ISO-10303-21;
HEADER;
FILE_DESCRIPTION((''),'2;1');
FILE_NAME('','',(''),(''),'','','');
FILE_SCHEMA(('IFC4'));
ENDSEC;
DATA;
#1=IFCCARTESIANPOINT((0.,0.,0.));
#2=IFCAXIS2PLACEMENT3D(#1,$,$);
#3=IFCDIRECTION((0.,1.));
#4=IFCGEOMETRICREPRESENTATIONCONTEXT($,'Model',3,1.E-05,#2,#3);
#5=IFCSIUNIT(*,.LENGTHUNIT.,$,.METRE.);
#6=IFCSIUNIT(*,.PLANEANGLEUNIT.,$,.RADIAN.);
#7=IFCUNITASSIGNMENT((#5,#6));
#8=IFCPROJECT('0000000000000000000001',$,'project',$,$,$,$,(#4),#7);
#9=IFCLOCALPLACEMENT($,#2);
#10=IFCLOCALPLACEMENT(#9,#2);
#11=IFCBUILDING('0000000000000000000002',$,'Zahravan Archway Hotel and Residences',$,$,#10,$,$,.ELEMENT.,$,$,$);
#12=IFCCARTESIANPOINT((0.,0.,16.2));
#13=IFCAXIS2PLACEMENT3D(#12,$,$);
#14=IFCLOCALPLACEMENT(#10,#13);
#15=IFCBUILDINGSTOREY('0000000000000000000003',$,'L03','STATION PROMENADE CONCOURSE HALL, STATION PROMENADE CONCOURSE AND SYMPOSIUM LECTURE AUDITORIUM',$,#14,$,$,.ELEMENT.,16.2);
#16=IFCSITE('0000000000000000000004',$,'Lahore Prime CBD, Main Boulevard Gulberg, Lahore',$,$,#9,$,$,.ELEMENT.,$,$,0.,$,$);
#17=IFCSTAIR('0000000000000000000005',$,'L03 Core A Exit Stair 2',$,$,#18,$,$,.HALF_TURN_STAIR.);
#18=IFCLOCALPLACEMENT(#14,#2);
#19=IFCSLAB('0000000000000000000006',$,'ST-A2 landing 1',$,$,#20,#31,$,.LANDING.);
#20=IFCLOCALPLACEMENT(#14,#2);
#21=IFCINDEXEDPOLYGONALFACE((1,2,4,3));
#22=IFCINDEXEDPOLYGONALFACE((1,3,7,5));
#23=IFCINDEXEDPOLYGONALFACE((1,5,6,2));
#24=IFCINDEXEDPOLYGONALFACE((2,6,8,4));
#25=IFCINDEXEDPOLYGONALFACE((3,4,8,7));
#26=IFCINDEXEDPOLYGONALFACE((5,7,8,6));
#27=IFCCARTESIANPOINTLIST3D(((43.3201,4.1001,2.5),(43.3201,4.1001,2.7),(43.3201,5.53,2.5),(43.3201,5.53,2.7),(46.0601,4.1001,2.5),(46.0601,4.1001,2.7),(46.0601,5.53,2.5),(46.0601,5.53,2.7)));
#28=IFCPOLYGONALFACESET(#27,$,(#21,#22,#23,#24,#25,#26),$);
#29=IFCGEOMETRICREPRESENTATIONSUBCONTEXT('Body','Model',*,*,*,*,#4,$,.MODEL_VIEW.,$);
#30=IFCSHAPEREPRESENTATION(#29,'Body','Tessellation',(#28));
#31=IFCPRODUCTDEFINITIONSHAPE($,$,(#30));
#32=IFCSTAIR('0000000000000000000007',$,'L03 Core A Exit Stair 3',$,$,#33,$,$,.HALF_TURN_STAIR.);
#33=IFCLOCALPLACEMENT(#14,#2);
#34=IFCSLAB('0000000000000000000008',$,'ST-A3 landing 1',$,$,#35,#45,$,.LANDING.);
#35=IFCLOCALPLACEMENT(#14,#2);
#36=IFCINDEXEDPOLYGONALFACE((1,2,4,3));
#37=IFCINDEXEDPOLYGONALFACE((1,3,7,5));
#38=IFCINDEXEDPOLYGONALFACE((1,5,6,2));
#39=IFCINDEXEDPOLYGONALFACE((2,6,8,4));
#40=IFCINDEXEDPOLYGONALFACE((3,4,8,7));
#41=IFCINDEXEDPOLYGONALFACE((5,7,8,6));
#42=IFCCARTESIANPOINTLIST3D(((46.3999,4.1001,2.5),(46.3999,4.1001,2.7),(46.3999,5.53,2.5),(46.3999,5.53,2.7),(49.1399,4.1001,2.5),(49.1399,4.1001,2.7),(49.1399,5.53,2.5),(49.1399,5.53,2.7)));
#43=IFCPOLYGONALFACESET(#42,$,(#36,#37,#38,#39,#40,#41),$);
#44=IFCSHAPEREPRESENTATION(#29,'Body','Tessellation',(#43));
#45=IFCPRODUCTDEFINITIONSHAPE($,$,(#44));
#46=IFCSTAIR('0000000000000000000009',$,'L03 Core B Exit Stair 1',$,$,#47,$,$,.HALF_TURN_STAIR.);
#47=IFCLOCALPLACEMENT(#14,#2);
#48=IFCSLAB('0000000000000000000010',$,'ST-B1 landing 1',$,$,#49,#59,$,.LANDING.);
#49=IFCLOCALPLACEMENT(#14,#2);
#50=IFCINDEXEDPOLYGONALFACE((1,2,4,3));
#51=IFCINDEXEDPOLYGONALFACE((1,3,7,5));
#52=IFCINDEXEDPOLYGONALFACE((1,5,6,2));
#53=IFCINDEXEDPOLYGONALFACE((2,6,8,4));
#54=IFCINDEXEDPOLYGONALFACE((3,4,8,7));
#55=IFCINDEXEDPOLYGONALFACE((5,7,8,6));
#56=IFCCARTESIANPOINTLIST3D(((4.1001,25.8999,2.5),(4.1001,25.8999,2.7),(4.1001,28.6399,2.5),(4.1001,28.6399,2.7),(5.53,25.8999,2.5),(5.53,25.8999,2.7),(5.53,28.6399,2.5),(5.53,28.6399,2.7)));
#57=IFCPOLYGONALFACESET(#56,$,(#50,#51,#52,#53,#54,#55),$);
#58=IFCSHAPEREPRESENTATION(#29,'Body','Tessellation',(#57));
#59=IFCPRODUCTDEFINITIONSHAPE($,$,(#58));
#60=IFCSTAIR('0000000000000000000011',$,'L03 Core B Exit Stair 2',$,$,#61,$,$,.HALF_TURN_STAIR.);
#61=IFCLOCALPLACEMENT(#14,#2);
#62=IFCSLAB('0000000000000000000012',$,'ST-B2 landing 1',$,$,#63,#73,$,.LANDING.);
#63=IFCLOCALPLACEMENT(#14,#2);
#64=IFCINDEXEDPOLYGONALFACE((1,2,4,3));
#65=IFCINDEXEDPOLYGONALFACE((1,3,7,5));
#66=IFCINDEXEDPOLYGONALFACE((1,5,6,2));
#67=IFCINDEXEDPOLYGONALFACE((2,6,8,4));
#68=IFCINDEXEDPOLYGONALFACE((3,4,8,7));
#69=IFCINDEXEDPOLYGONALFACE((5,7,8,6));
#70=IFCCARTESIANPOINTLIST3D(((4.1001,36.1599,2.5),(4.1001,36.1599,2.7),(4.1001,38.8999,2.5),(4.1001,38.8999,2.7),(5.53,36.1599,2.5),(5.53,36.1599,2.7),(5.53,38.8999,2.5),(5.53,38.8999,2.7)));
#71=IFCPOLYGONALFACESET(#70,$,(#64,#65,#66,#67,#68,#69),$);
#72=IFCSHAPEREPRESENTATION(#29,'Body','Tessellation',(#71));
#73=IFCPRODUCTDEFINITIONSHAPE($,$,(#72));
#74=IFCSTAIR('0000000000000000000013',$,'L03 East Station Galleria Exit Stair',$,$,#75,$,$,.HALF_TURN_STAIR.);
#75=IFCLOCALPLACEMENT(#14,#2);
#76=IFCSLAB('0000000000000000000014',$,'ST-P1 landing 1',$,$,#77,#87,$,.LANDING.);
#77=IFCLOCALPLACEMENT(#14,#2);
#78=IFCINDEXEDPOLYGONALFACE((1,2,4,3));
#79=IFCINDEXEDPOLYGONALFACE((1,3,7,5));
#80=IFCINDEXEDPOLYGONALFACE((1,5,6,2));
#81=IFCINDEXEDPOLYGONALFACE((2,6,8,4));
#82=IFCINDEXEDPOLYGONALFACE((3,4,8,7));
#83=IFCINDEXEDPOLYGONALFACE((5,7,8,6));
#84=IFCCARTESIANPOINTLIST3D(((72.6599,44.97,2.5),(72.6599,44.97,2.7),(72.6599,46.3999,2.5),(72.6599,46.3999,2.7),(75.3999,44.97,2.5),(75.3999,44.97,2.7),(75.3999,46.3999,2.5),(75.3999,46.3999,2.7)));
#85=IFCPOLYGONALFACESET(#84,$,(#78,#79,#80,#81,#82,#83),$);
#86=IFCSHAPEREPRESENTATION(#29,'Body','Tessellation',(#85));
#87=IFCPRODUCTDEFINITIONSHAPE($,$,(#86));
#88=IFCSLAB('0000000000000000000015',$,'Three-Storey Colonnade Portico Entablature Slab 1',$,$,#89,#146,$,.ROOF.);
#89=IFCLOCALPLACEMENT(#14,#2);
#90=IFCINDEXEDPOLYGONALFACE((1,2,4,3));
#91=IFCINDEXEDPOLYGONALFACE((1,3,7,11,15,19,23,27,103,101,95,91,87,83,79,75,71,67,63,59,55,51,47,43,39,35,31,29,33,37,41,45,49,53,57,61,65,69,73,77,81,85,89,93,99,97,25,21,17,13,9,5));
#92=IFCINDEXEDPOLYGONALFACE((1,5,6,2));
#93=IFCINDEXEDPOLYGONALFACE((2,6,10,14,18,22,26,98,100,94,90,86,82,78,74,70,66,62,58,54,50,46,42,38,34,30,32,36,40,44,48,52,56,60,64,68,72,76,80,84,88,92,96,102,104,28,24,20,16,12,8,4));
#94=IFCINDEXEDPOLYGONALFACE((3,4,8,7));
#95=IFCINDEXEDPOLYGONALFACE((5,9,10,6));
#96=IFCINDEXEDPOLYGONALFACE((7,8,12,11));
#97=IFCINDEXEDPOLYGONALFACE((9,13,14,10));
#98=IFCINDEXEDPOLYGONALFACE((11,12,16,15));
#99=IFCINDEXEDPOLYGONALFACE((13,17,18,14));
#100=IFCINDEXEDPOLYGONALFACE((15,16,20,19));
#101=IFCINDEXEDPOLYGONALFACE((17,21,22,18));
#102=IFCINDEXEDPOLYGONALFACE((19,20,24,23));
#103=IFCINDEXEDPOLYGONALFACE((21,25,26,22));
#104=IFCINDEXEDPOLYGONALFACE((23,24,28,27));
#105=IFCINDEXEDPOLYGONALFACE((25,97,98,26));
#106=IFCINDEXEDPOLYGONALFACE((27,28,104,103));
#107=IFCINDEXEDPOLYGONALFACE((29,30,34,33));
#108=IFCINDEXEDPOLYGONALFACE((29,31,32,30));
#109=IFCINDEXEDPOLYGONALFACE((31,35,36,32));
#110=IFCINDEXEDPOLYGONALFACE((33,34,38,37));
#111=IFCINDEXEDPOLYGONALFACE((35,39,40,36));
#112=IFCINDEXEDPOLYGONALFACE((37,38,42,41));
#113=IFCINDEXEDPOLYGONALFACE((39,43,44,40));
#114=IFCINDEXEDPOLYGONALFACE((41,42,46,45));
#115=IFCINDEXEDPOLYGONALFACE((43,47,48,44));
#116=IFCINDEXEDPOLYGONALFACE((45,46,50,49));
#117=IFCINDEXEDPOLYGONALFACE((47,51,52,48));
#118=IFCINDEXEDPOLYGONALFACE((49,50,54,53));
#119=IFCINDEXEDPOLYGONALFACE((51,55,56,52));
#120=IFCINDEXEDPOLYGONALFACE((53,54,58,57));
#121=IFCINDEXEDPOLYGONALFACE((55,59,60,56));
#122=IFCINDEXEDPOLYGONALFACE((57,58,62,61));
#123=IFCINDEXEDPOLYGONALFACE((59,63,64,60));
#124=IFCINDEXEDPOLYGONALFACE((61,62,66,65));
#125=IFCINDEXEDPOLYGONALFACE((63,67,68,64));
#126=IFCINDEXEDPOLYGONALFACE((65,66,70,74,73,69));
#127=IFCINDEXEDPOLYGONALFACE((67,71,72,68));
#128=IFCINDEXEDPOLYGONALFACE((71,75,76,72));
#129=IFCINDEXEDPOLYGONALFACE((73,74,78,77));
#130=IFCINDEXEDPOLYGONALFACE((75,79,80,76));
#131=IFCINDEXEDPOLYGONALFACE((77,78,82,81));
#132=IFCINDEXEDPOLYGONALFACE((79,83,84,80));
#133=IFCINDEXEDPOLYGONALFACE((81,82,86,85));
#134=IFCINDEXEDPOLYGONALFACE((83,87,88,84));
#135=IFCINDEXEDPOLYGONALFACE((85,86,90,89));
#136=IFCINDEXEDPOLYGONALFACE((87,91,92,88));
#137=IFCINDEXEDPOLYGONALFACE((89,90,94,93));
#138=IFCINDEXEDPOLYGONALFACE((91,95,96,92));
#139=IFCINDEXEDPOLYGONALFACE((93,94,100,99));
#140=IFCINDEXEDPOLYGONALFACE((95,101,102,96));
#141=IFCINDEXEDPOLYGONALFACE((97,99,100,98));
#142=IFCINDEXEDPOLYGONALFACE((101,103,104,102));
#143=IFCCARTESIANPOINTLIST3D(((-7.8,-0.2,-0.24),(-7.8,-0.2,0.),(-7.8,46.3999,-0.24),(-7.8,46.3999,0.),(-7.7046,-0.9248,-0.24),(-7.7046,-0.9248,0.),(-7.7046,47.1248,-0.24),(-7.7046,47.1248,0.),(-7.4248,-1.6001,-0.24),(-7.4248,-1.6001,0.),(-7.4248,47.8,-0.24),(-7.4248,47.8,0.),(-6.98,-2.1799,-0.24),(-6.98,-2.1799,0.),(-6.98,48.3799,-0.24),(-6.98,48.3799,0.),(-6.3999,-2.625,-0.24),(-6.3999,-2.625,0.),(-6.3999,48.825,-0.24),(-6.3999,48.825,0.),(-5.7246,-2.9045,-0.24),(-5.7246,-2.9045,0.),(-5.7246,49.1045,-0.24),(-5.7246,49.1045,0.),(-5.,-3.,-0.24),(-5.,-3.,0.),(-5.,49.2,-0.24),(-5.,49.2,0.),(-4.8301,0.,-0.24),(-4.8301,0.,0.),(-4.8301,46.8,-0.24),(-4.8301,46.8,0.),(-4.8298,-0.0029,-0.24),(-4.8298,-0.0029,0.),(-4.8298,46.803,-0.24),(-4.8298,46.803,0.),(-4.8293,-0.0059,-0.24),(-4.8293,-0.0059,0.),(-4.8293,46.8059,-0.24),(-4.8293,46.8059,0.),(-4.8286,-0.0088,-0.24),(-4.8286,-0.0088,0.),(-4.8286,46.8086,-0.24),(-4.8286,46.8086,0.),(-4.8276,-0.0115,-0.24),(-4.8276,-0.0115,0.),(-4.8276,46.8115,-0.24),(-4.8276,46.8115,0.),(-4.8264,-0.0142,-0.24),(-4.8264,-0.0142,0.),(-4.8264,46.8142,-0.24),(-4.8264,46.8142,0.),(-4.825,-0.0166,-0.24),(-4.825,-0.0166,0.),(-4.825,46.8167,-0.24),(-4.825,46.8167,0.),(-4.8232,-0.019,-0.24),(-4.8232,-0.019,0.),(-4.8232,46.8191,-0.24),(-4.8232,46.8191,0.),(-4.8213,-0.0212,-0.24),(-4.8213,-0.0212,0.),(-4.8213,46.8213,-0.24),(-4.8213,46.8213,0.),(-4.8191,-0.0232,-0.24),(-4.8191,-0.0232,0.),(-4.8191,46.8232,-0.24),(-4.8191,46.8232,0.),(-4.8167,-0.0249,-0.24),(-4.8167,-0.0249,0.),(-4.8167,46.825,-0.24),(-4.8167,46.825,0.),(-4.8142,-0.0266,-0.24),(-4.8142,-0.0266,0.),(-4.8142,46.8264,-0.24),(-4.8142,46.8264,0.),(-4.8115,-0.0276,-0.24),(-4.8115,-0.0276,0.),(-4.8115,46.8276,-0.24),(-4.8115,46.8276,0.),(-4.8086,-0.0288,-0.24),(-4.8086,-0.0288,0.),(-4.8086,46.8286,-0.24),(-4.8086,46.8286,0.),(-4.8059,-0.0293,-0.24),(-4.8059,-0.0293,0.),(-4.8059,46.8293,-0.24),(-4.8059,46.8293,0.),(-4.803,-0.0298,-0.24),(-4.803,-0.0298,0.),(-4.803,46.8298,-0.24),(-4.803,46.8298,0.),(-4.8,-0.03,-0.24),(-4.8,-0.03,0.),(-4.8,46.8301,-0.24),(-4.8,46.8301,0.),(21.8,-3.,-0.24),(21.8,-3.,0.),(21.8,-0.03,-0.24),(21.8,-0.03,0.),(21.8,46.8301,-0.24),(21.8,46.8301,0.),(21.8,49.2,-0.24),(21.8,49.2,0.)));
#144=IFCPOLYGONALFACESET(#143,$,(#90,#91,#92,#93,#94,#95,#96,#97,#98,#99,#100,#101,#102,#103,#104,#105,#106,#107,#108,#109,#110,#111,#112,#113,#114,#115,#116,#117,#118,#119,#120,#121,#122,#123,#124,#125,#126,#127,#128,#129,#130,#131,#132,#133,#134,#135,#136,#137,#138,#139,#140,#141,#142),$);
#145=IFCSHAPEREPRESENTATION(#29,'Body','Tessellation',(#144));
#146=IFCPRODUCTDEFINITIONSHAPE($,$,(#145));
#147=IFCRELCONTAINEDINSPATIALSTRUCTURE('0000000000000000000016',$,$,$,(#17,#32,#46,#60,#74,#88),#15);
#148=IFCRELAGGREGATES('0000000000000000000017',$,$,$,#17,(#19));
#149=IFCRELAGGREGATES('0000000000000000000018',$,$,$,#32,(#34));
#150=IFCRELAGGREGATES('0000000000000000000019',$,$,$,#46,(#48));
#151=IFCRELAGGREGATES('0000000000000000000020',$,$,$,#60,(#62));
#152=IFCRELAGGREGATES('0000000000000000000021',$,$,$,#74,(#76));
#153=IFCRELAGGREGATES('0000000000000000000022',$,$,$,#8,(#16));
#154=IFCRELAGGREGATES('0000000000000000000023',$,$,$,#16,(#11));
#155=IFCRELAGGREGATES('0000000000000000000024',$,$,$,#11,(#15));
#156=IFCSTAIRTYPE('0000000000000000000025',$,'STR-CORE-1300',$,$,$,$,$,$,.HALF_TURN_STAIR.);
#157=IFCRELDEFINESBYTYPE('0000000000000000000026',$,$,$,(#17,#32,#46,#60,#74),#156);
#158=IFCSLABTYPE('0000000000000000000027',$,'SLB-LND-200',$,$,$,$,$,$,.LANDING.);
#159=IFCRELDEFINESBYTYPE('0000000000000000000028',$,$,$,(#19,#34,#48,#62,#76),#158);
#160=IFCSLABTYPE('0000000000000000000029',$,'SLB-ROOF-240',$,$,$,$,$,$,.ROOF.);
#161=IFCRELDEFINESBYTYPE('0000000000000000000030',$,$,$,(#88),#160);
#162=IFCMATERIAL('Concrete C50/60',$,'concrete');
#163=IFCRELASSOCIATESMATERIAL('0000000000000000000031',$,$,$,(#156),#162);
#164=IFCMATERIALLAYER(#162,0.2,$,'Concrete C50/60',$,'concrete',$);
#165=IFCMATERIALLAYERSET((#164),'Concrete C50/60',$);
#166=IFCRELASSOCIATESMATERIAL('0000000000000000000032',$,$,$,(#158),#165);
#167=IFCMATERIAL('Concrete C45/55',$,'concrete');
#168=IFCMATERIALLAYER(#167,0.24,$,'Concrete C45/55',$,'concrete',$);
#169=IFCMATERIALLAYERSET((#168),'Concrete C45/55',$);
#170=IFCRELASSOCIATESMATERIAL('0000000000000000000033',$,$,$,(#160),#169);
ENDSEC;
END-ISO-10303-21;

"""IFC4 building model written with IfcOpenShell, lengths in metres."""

from ifc_helpers import new_model, si_unit, direction, frame, origin, place, context, subcontext, project, spatial, polyline, outline, extrude, material, layer, layer_set, type_object, element, aggregate, save


model = new_model("IFC4")

# Units and contexts
model_context = context("Model", 3, precision=1e-05, world=origin(), true_north=direction((0.0, 1.0)))
body_context = subcontext(model_context, "Body", "Model", "MODEL_VIEW")
ifc_project = project(units=[si_unit("LENGTHUNIT", "METRE"), si_unit("PLANEANGLEUNIT", "RADIAN")], contexts=[model_context])

# Site, building, storey
site_placement = place(None, origin())
site = spatial("IfcSite", under=ifc_project, at=site_placement, Name="Lahore Prime CBD, Main Boulevard Gulberg, Lahore", CompositionType="ELEMENT", RefElevation=0.0)
building_placement = place(site_placement, origin())
building = spatial("IfcBuilding", under=site, at=building_placement, Name="Zahravan Archway Hotel and Residences", CompositionType="ELEMENT")
storey_placement = place(building_placement, frame((0.0, 0.0, 16.2)))
storey = spatial("IfcBuildingStorey", under=building, at=storey_placement, Name="L03", Description="STATION PROMENADE CONCOURSE HALL, STATION PROMENADE CONCOURSE AND SYMPOSIUM LECTURE AUDITORIUM", CompositionType="ELEMENT", Elevation=16.2)

# Stairs, slabs
ifc_material_1 = material(Name="Concrete C50/60", Category="concrete")
stair_type = type_object("IfcStairType", Name="STR-CORE-1300", PredefinedType="HALF_TURN_STAIR", material=ifc_material_1)
ifc_layer_1 = layer(ifc_material_1, 0.2, Name="Concrete C50/60", Category="concrete")
ifc_layer_set_1 = layer_set([ifc_layer_1], Name="Concrete C50/60")
slab_type_1 = type_object("IfcSlabType", Name="SLB-LND-200", PredefinedType="LANDING", material=ifc_layer_set_1)
stair_1_placement = place(storey_placement, origin())
stair_1 = element("IfcStair", 1, at=stair_1_placement, inside=storey, type_object=stair_type, Name="L03 Core A Exit Stair 2", PredefinedType="HALF_TURN_STAIR")
slab_1_placement = place(storey_placement, frame((0.0, 0.0, 2.5)))
slab_1 = element("IfcSlab", 2, at=slab_1_placement, type_object=slab_type_1, Name="ST-A2 landing 1", PredefinedType="LANDING", context=body_context, shape_type="SweptSolid", body=[
    extrude(outline(polyline([(43.3201, 5.53), (43.3201, 4.1001), (46.0601, 4.1001), (46.0601, 5.53), (43.3201, 5.53)])), origin(), (0.0, 0.0, 1.0), 0.2),
])
aggregate(stair_1, [slab_1])
stair_2_placement = place(storey_placement, origin())
stair_2 = element("IfcStair", 3, at=stair_2_placement, inside=storey, type_object=stair_type, Name="L03 Core A Exit Stair 3", PredefinedType="HALF_TURN_STAIR")
slab_2_placement = place(storey_placement, frame((0.0, 0.0, 2.5)))
slab_2 = element("IfcSlab", 4, at=slab_2_placement, type_object=slab_type_1, Name="ST-A3 landing 1", PredefinedType="LANDING", context=body_context, shape_type="SweptSolid", body=[
    extrude(outline(polyline([(46.3999, 5.53), (46.3999, 4.1001), (49.1399, 4.1001), (49.1399, 5.53), (46.3999, 5.53)])), origin(), (0.0, 0.0, 1.0), 0.2),
])
aggregate(stair_2, [slab_2])
stair_3_placement = place(storey_placement, origin())
stair_3 = element("IfcStair", 5, at=stair_3_placement, inside=storey, type_object=stair_type, Name="L03 Core B Exit Stair 1", PredefinedType="HALF_TURN_STAIR")
slab_3_placement = place(storey_placement, frame((0.0, 0.0, 2.5)))
slab_3 = element("IfcSlab", 6, at=slab_3_placement, type_object=slab_type_1, Name="ST-B1 landing 1", PredefinedType="LANDING", context=body_context, shape_type="SweptSolid", body=[
    extrude(outline(polyline([(5.53, 28.6399), (4.1001, 28.6399), (4.1001, 25.8999), (5.53, 25.8999), (5.53, 28.6399)])), origin(), (0.0, 0.0, 1.0), 0.2),
])
aggregate(stair_3, [slab_3])
stair_4_placement = place(storey_placement, origin())
stair_4 = element("IfcStair", 7, at=stair_4_placement, inside=storey, type_object=stair_type, Name="L03 Core B Exit Stair 2", PredefinedType="HALF_TURN_STAIR")
slab_4_placement = place(storey_placement, frame((0.0, 0.0, 2.5)))
slab_4 = element("IfcSlab", 8, at=slab_4_placement, type_object=slab_type_1, Name="ST-B2 landing 1", PredefinedType="LANDING", context=body_context, shape_type="SweptSolid", body=[
    extrude(outline(polyline([(5.53, 38.8999), (4.1001, 38.8999), (4.1001, 36.1599), (5.53, 36.1599), (5.53, 38.8999)])), origin(), (0.0, 0.0, 1.0), 0.2),
])
aggregate(stair_4, [slab_4])
stair_5_placement = place(storey_placement, origin())
stair_5 = element("IfcStair", 9, at=stair_5_placement, inside=storey, type_object=stair_type, Name="L03 East Station Galleria Exit Stair", PredefinedType="HALF_TURN_STAIR")
slab_5_placement = place(storey_placement, frame((0.0, 0.0, 2.5)))
slab_5 = element("IfcSlab", 10, at=slab_5_placement, type_object=slab_type_1, Name="ST-P1 landing 1", PredefinedType="LANDING", context=body_context, shape_type="SweptSolid", body=[
    extrude(outline(polyline([(75.3999, 44.97), (75.3999, 46.3999), (72.6599, 46.3999), (72.6599, 44.97), (75.3999, 44.97)])), origin(), (0.0, 0.0, 1.0), 0.2),
])
aggregate(stair_5, [slab_5])

# Slab
ifc_material_2 = material(Name="Concrete C45/55", Category="concrete")
ifc_layer_2 = layer(ifc_material_2, 0.24, Name="Concrete C45/55", Category="concrete")
ifc_layer_set_2 = layer_set([ifc_layer_2], Name="Concrete C45/55")
slab_type_2 = type_object("IfcSlabType", Name="SLB-ROOF-240", PredefinedType="ROOF", material=ifc_layer_set_2)
slab_6_placement = place(storey_placement, frame((0.0, 0.0, -0.24)))
element("IfcSlab", 11, at=slab_6_placement, inside=storey, type_object=slab_type_2, Name="Three-Storey Colonnade Portico Entablature Slab 1", PredefinedType="ROOF", context=body_context, shape_type="SweptSolid", body=[
    extrude(outline(polyline([(-5.7246, -2.9045), (-6.3999, -2.625), (-6.98, -2.1799), (-7.4248, -1.6001), (-7.7046, -0.9248), (-7.8, -0.2), (-7.8, 46.3999), (-7.7046, 47.1248), (-7.4248, 47.8), (-6.98, 48.3799), (-6.3999, 48.825), (-5.7246, 49.1045), (-5.0, 49.2), (21.8, 49.2), (21.8, 46.8301), (-4.8, 46.8301), (-4.803, 46.8298), (-4.8059, 46.8293), (-4.8086, 46.8286), (-4.8115, 46.8276), (-4.8142, 46.8264), (-4.8167, 46.825), (-4.8191, 46.8232), (-4.8213, 46.8213), (-4.8232, 46.8191), (-4.825, 46.8167), (-4.8264, 46.8142), (-4.8276, 46.8115), (-4.8286, 46.8086), (-4.8293, 46.8059), (-4.8298, 46.803), (-4.8301, 46.8), (-4.8301, 0.0), (-4.8298, -0.0029), (-4.8293, -0.0059), (-4.8286, -0.0088), (-4.8276, -0.0115), (-4.8264, -0.0142), (-4.825, -0.0166), (-4.8232, -0.019), (-4.8213, -0.0212), (-4.8191, -0.0232), (-4.8167, -0.0249), (-4.8142, -0.0266), (-4.8115, -0.0276), (-4.8086, -0.0288), (-4.8059, -0.0293), (-4.803, -0.0298), (-4.8, -0.03), (21.8, -0.03), (21.8, -3.0), (-5.0, -3.0), (-5.7246, -2.9045)])), origin(), (0.0, 0.0, 1.0), 0.24),
])

save(model, "model.ifc")
